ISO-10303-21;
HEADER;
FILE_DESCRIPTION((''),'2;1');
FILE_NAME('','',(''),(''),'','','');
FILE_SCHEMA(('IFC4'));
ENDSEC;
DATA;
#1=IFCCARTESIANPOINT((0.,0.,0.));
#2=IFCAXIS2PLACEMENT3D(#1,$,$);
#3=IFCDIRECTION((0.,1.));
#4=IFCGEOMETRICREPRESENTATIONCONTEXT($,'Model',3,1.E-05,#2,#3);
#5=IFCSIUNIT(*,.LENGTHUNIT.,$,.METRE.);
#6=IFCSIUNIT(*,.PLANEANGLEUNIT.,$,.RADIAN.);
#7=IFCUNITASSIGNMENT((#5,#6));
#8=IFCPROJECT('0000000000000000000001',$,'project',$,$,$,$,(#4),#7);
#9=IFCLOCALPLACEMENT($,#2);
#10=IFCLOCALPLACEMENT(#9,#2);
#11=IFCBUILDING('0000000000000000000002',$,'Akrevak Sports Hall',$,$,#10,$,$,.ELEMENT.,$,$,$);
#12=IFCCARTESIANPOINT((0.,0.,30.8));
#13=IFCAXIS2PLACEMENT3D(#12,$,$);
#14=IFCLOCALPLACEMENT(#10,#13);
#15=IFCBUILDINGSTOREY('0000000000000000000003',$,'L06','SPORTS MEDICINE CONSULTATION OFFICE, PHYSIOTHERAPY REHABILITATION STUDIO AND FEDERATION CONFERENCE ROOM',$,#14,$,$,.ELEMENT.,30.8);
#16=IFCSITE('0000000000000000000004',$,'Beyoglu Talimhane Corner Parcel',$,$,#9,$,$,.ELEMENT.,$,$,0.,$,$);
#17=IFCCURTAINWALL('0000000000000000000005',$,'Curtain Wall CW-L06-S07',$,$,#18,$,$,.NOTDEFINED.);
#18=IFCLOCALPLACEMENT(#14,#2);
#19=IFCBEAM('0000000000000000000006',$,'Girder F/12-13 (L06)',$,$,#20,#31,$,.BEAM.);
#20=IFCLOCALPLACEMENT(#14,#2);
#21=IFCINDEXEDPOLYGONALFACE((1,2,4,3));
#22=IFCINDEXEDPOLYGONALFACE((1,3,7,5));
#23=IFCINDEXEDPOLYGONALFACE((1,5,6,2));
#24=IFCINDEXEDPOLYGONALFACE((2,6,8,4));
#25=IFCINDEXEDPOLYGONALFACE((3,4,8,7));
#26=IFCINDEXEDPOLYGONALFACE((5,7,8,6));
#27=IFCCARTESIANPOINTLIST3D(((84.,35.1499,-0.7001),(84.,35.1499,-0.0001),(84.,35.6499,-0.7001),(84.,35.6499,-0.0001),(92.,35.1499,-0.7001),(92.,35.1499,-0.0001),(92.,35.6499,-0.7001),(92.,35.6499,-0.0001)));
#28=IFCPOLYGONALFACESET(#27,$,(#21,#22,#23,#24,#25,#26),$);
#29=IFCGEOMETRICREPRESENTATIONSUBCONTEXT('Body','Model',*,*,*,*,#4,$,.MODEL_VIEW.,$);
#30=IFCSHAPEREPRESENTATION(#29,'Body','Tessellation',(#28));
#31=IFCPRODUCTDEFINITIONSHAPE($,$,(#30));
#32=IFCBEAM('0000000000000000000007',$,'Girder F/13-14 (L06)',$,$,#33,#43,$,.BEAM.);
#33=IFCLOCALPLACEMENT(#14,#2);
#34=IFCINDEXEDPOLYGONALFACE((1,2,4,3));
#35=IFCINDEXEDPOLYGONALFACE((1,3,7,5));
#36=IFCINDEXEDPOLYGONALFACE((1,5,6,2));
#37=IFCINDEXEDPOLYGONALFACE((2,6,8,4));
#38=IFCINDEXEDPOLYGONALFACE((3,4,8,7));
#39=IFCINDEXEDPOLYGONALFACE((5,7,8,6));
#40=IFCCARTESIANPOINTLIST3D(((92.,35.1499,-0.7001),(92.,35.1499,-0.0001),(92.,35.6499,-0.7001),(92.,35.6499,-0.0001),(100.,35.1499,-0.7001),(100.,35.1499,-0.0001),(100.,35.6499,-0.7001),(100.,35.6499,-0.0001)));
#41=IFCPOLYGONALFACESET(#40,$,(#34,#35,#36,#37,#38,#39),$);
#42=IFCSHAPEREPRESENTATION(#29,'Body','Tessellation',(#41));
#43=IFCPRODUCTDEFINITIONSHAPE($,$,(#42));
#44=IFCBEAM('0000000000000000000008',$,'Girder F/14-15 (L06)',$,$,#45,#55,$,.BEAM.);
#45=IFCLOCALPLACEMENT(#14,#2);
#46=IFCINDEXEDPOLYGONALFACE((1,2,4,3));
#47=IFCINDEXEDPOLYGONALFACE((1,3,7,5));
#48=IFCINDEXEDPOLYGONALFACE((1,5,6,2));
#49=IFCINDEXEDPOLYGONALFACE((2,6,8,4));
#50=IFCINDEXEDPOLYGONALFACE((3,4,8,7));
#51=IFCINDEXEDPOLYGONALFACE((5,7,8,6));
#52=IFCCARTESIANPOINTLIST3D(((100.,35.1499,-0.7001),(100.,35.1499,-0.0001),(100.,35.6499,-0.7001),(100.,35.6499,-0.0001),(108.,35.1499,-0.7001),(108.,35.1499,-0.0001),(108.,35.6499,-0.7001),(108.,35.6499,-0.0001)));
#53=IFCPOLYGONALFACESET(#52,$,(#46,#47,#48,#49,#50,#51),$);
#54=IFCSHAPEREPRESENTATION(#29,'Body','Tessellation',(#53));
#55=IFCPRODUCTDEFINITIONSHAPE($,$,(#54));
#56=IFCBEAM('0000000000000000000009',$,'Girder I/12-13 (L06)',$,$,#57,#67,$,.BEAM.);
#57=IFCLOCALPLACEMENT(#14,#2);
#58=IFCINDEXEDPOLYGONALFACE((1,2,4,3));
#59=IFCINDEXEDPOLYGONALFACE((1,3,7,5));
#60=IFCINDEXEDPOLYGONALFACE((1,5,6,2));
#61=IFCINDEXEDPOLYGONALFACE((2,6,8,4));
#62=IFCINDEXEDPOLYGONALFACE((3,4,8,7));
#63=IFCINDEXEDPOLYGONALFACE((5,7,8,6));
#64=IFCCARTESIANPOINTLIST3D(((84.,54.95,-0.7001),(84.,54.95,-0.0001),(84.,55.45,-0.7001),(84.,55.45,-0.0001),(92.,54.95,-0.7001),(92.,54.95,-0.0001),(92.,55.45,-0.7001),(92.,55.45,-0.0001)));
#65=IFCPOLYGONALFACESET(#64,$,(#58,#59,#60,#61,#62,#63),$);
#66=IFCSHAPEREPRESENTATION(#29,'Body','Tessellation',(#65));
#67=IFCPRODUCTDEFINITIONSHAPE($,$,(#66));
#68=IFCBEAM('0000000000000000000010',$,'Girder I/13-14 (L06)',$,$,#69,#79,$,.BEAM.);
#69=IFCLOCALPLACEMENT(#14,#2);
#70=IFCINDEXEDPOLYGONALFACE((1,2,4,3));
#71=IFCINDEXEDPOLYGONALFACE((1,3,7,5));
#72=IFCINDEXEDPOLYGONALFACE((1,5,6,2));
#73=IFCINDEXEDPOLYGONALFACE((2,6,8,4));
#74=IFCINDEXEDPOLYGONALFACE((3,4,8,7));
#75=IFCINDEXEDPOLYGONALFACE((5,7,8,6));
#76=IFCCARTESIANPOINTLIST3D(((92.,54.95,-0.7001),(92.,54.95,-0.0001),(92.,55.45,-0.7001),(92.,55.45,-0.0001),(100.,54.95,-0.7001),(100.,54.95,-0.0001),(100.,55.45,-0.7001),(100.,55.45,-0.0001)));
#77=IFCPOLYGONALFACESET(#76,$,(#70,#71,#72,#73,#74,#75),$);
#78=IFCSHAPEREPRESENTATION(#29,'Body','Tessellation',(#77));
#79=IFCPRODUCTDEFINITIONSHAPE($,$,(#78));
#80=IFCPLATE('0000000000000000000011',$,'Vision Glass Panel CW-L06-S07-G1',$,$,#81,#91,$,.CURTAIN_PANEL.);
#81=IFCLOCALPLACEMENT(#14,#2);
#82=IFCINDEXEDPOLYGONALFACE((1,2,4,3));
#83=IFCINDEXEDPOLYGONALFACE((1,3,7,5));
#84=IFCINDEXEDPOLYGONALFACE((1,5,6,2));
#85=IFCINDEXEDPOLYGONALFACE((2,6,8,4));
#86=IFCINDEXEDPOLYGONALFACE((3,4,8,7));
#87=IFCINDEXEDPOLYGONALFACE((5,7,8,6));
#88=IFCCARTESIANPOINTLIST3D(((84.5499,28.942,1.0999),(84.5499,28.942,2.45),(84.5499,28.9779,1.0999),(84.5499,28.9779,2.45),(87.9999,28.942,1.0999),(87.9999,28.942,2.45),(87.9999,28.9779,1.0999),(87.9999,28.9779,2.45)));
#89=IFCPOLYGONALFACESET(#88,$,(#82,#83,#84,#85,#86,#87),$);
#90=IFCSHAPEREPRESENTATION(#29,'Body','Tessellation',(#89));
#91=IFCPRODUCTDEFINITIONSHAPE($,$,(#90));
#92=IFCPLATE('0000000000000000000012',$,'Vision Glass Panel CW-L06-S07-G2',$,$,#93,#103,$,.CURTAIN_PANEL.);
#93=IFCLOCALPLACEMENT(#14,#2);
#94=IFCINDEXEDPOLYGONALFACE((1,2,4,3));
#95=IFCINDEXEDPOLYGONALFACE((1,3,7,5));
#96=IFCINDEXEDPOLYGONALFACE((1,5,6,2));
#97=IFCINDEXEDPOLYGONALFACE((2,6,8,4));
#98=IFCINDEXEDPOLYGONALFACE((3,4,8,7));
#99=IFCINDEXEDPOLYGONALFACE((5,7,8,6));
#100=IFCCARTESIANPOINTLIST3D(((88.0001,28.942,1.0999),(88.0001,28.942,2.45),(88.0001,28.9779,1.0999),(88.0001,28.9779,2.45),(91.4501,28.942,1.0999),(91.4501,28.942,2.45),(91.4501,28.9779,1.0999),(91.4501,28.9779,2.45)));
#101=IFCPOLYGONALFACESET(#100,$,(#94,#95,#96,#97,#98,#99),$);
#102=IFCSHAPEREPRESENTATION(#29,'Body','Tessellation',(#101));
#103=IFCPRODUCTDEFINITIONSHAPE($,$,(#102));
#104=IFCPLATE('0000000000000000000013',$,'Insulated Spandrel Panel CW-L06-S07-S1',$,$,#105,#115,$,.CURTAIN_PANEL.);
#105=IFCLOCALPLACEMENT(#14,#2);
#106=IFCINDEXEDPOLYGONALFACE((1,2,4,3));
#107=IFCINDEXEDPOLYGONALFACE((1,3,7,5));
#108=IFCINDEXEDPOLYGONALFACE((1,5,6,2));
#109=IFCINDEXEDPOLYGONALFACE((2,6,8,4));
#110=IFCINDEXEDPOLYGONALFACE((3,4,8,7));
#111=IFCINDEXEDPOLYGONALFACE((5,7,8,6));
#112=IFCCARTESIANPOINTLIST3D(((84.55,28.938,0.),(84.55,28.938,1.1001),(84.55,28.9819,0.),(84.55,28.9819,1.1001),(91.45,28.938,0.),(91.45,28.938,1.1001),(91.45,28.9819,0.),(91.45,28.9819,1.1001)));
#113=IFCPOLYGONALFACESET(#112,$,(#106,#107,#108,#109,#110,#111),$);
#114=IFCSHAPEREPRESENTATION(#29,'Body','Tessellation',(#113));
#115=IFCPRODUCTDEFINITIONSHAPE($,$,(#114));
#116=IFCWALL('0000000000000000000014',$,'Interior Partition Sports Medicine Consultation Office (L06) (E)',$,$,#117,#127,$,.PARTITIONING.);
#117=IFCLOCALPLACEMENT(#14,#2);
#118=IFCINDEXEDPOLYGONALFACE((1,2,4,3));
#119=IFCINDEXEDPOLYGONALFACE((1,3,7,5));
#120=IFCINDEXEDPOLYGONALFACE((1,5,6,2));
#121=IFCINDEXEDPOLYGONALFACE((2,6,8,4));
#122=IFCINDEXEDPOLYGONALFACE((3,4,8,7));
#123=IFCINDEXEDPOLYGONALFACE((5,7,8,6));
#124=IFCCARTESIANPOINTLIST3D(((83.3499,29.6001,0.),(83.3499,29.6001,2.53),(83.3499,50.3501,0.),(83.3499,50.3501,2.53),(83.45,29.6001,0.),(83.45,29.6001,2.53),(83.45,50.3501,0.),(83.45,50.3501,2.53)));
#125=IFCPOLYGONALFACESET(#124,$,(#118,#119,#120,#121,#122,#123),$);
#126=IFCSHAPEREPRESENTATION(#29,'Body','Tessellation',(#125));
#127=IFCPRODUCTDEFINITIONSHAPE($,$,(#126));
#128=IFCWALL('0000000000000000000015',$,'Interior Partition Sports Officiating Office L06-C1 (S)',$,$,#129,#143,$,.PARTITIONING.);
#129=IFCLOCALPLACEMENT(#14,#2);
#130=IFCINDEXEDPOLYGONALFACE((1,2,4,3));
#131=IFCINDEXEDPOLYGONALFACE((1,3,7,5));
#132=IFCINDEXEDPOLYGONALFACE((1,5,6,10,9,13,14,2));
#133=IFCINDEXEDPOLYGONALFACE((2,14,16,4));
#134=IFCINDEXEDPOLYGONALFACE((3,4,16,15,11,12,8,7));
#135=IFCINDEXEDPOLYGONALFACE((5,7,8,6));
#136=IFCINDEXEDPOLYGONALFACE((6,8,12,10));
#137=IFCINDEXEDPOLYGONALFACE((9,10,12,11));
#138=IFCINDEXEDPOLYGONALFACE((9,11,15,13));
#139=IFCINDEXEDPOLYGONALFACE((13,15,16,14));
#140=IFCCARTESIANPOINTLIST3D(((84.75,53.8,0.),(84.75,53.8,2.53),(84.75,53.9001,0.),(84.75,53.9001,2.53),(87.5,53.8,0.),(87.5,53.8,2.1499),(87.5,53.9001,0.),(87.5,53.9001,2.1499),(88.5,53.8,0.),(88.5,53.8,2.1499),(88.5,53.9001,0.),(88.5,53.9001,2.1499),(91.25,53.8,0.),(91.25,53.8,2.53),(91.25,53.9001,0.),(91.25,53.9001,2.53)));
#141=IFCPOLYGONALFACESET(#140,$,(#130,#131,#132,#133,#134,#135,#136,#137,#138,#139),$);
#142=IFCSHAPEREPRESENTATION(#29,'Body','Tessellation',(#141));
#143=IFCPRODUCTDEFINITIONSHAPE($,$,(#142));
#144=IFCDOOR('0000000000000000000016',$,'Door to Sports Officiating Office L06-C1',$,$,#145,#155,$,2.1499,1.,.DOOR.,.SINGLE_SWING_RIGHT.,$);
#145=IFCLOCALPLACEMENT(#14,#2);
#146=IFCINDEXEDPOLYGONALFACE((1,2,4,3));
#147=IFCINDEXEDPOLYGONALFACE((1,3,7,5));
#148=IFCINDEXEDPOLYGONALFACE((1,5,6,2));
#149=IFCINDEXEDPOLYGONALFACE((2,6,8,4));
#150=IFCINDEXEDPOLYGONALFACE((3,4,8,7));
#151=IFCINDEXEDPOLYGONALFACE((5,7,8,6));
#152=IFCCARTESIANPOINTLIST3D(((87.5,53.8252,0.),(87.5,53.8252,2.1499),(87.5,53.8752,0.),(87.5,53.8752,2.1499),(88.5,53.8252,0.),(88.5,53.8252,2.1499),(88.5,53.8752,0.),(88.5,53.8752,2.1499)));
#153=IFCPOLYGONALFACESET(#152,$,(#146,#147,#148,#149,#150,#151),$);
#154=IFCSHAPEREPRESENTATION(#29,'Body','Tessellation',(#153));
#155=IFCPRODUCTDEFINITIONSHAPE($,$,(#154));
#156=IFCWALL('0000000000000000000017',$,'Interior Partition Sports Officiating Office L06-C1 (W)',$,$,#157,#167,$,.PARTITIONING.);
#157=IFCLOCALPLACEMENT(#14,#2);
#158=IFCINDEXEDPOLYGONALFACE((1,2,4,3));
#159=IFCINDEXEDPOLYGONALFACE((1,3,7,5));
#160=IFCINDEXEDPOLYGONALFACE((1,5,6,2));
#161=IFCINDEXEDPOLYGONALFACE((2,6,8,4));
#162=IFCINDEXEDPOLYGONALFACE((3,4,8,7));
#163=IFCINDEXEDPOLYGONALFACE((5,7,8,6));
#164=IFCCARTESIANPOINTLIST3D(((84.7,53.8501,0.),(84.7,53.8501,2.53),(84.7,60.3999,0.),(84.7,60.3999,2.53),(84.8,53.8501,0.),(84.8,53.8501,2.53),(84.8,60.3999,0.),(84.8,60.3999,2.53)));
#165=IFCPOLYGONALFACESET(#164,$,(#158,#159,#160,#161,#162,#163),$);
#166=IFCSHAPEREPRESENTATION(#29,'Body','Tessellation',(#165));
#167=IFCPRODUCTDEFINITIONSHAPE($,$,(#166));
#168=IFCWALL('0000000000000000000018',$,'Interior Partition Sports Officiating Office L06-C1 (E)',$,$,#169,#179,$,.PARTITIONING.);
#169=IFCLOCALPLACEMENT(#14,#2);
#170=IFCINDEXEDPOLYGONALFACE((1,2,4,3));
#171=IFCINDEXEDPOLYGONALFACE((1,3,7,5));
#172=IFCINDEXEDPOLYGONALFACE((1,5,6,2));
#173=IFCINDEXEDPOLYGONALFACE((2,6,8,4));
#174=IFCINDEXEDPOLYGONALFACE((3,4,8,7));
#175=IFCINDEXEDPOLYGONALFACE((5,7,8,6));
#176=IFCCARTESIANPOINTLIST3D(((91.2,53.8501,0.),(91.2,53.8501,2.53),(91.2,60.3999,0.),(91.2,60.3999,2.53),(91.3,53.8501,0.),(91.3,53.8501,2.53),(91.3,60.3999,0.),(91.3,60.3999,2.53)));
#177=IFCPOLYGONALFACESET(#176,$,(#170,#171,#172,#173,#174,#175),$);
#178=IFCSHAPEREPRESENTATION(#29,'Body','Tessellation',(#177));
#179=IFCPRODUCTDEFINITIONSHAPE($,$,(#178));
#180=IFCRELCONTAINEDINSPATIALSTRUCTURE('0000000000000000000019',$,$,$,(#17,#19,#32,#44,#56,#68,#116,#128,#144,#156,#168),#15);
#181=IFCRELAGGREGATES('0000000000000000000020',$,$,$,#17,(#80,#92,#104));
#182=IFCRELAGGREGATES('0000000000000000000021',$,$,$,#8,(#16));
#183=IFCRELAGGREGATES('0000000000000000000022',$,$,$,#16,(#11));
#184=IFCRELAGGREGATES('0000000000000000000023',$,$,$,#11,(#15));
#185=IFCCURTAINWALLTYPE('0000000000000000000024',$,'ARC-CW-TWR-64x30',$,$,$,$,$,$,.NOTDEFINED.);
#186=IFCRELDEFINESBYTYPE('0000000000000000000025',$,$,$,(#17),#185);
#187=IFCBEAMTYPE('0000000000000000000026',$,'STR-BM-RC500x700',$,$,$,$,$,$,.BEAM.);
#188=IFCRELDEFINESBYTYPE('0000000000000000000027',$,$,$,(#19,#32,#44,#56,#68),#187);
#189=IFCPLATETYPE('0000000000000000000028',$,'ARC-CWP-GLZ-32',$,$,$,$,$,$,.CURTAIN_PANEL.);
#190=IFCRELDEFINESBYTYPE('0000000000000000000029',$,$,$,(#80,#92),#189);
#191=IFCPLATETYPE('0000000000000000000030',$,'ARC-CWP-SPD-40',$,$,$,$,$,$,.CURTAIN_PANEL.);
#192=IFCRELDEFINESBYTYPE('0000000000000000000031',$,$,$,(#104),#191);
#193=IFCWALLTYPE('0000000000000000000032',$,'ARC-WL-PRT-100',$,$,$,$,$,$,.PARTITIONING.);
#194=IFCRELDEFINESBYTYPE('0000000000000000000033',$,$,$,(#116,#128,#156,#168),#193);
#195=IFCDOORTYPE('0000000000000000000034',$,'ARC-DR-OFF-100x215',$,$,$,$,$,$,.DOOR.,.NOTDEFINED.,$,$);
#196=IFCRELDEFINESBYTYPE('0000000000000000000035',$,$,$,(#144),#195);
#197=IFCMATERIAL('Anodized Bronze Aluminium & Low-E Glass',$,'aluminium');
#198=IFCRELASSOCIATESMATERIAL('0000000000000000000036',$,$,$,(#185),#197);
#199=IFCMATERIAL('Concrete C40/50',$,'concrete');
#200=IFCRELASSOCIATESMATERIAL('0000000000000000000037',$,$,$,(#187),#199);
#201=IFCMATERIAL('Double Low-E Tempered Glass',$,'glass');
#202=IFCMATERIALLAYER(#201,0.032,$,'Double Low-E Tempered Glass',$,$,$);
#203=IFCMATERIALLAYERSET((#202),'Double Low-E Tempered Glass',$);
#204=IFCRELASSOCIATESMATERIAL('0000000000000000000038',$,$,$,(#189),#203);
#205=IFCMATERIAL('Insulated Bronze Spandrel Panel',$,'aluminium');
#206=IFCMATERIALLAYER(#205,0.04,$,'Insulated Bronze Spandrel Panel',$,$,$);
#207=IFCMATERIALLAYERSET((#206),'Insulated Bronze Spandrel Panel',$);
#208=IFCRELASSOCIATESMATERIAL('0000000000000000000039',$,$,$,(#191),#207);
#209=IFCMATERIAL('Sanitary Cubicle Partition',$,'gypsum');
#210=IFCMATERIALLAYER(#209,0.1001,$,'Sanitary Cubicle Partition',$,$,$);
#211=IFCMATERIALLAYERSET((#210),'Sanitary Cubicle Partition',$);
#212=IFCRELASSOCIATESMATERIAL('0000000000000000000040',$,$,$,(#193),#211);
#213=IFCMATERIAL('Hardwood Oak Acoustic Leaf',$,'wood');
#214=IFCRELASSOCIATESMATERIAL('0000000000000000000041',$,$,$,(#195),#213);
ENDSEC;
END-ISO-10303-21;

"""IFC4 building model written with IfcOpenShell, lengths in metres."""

from ifc_helpers import new_model, si_unit, direction, frame, frame_2d, origin, origin_2d, place, context, subcontext, project, spatial, rectangle, extrude, material, layer, layer_set, material_profile, profile_set, type_object, element, fill, aggregate, save


model = new_model("IFC4")

# Units and contexts
model_context = context("Model", 3, precision=1e-05, world=origin(), true_north=direction((0.0, 1.0)))
body_context = subcontext(model_context, "Body", "Model", "MODEL_VIEW")
ifc_project = project(units=[si_unit("LENGTHUNIT", "METRE"), si_unit("PLANEANGLEUNIT", "RADIAN")], contexts=[model_context])

# Site, building, storey
site_placement = place(None, origin())
site = spatial("IfcSite", under=ifc_project, at=site_placement, Name="Beyoglu Talimhane Corner Parcel", CompositionType="ELEMENT", RefElevation=0.0)
building_placement = place(site_placement, origin())
building = spatial("IfcBuilding", under=site, at=building_placement, Name="Akrevak Sports Hall", CompositionType="ELEMENT")
storey_placement = place(building_placement, frame((0.0, 0.0, 30.8)))
storey = spatial("IfcBuildingStorey", under=building, at=storey_placement, Name="L06", Description="SPORTS MEDICINE CONSULTATION OFFICE, PHYSIOTHERAPY REHABILITATION STUDIO AND FEDERATION CONFERENCE ROOM", CompositionType="ELEMENT", Elevation=30.8)

# Shared definitions
ifc_material_1 = material(Name="Concrete C40/50", Category="concrete")

# Curtain wall
ifc_material_2 = material(Name="Anodized Bronze Aluminium & Low-E Glass", Category="aluminium")
curtain_wall_type = type_object("IfcCurtainWallType", Name="ARC-CW-TWR-64x30", PredefinedType="NOTDEFINED", material=ifc_material_2)
curtain_wall_placement = place(storey_placement, origin())
curtain_wall = element("IfcCurtainWall", 1, at=curtain_wall_placement, inside=storey, type_object=curtain_wall_type, Name="Curtain Wall CW-L06-S07", PredefinedType="NOTDEFINED")

# Beams
ifc_material_profile_1 = material_profile(ifc_material_1, rectangle(XDim=0.5, YDim=0.7, at=origin_2d()), Name="BM 500x700", Category="concrete")
ifc_profile_set_1 = profile_set([ifc_material_profile_1], Name="Concrete C40/50")
beam_type_1 = type_object("IfcBeamType", Name="STR-BM-RC500x700", PredefinedType="BEAM", material=ifc_profile_set_1)
for number, where, z_axis, x_axis, name in (
    (2, (84.0, 35.3999, -0.3501), (1.0, 0.0, 0.0), (0.0, 1.0, 0.0), "Girder F/12-13 (L06)"),
    (3, (92.0, 35.3999, -0.3501), (1.0, 0.0, 0.0), (0.0, 1.0, 0.0), "Girder F/13-14 (L06)"),
    (4, (100.0, 35.3999, -0.3501), (1.0, 0.0, 0.0), (0.0, 1.0, 0.0), "Girder F/14-15 (L06)"),
    (5, (84.0, 55.2, -0.3501), (1.0, 0.0, 0.0), (0.0, 1.0, 0.0), "Girder I/12-13 (L06)"),
    (6, (92.0, 55.2, -0.3501), (1.0, 0.0, 0.0), (0.0, 1.0, 0.0), "Girder I/13-14 (L06)"),
):
    element("IfcBeam", number, at=place(storey_placement, frame(where, z_axis=z_axis, x_axis=x_axis)), inside=storey, type_object=beam_type_1, Name=name, PredefinedType="BEAM", context=body_context, shape_type="SweptSolid", body=[
        extrude(rectangle(XDim=0.5, YDim=0.7, at=origin_2d()), origin(), (0.0, 0.0, 1.0), 8.0),
    ])

# Plates
ifc_material_3 = material(Name="Double Low-E Tempered Glass", Category="glass")
ifc_layer_1 = layer(ifc_material_3, 0.032, Name="Double Low-E Tempered Glass")
ifc_layer_set_1 = layer_set([ifc_layer_1], Name="Double Low-E Tempered Glass")
plate_type_1 = type_object("IfcPlateType", Name="ARC-CWP-GLZ-32", PredefinedType="CURTAIN_PANEL", material=ifc_layer_set_1)
plate_1_placement = place(storey_placement, frame((86.2749, 28.96, 1.0999), z_axis=(0.0, 0.0, 1.0), x_axis=(1.0, 0.0, 0.0)))
plate_1 = element("IfcPlate", 7, at=plate_1_placement, type_object=plate_type_1, Name="Vision Glass Panel CW-L06-S07-G1", PredefinedType="CURTAIN_PANEL", context=body_context, shape_type="SweptSolid", body=[
    extrude(rectangle(XDim=3.45, YDim=0.0359, at=origin_2d()), origin(), (0.0, 0.0, 1.0), 1.3501),
])
plate_2_placement = place(storey_placement, frame((89.7251, 28.96, 1.0999), z_axis=(0.0, 0.0, 1.0), x_axis=(1.0, 0.0, 0.0)))
plate_2 = element("IfcPlate", 8, at=plate_2_placement, type_object=plate_type_1, Name="Vision Glass Panel CW-L06-S07-G2", PredefinedType="CURTAIN_PANEL", context=body_context, shape_type="SweptSolid", body=[
    extrude(rectangle(XDim=3.45, YDim=0.0359, at=origin_2d()), origin(), (0.0, 0.0, 1.0), 1.3501),
])
ifc_material_4 = material(Name="Insulated Bronze Spandrel Panel", Category="aluminium")
ifc_layer_2 = layer(ifc_material_4, 0.04, Name="Insulated Bronze Spandrel Panel")
ifc_layer_set_2 = layer_set([ifc_layer_2], Name="Insulated Bronze Spandrel Panel")
plate_type_2 = type_object("IfcPlateType", Name="ARC-CWP-SPD-40", PredefinedType="CURTAIN_PANEL", material=ifc_layer_set_2)
plate_3_placement = place(storey_placement, frame((88.0, 28.96, 0.0), z_axis=(0.0, 0.0, 1.0), x_axis=(1.0, 0.0, 0.0)))
plate_3 = element("IfcPlate", 9, at=plate_3_placement, type_object=plate_type_2, Name="Insulated Spandrel Panel CW-L06-S07-S1", PredefinedType="CURTAIN_PANEL", context=body_context, shape_type="SweptSolid", body=[
    extrude(rectangle(XDim=6.8999, YDim=0.0439, at=origin_2d()), origin(), (0.0, 0.0, 1.0), 1.1001),
])
aggregate(curtain_wall, [plate_1, plate_2, plate_3])

# Wall
ifc_material_5 = material(Name="Sanitary Cubicle Partition", Category="gypsum")
ifc_layer_3 = layer(ifc_material_5, 0.1001, Name="Sanitary Cubicle Partition")
ifc_layer_set_3 = layer_set([ifc_layer_3], Name="Sanitary Cubicle Partition")
wall_type_1 = type_object("IfcWallType", Name="ARC-WL-PRT-100", PredefinedType="PARTITIONING", material=ifc_layer_set_3)
wall_1_placement = place(storey_placement, frame((83.3999, 29.6001, 0.0), z_axis=(0.0, 0.0, 1.0), x_axis=(0.0, 1.0, 0.0)))
element("IfcWall", 10, at=wall_1_placement, inside=storey, type_object=wall_type_1, Name="Interior Partition Sports Medicine Consultation Office (L06) (E)", PredefinedType="PARTITIONING", context=body_context, shape_type="SweptSolid", body=[
    extrude(rectangle(XDim=20.75, YDim=0.1001, at=frame_2d((10.375, 0.0))), origin(), (0.0, 0.0, 1.0), 2.53),
])

# Wall, opening, door
wall_2_placement = place(storey_placement, frame((84.75, 53.8501, 0.0), z_axis=(0.0, 0.0, 1.0), x_axis=(1.0, 0.0, 0.0)))
wall_2 = element("IfcWall", 11, at=wall_2_placement, inside=storey, type_object=wall_type_1, Name="Interior Partition Sports Officiating Office L06-C1 (S)", PredefinedType="PARTITIONING", context=body_context, shape_type="SweptSolid", body=[
    extrude(rectangle(XDim=6.5, YDim=0.1001, at=frame_2d((3.25, 0.0))), origin(), (0.0, 0.0, 1.0), 2.53),
])
opening_1_placement = place(wall_2_placement, frame((2.75, 0.0, 0.0)))
opening_1 = element("IfcOpeningElement", 12, at=opening_1_placement, cuts=wall_2, PredefinedType="OPENING", context=body_context, shape_type="SweptSolid", body=[
    extrude(rectangle(XDim=1.0, YDim=2.1499, at=frame_2d((0.5, 1.075))), frame((0.0, 0.062, 0.0), z_axis=(0.0, -1.0, 0.0), x_axis=(1.0, 0.0, 0.0)), (0.0, 0.0, 1.0), 0.124),
])
ifc_material_6 = material(Name="Hardwood Oak Acoustic Leaf", Category="wood")
door_type_1 = type_object("IfcDoorType", Name="ARC-DR-OFF-100x215", OperationType="NOTDEFINED", PredefinedType="DOOR", material=ifc_material_6)
door_1_placement = place(opening_1_placement, frame((1.0, 0.0, 0.0), z_axis=(0.0, 0.0, 1.0), x_axis=(-1.0, 0.0, 0.0)))
door_1 = element("IfcDoor", 13, at=door_1_placement, inside=storey, type_object=door_type_1, Name="Door to Sports Officiating Office L06-C1", OperationType="SINGLE_SWING_RIGHT", OverallHeight=2.1499, OverallWidth=1.0, PredefinedType="DOOR", context=body_context, shape_type="SweptSolid", body=[
    extrude(rectangle(XDim=1.0, YDim=2.1499, at=frame_2d((0.5, 1.075))), frame((0.0, 0.0249, 0.0), z_axis=(0.0, -1.0, 0.0), x_axis=(1.0, 0.0, 0.0)), (0.0, 0.0, 1.0), 0.05),
])
fill(opening_1, door_1)

# Walls
for number, where, z_axis, x_axis, name in (
    (14, (84.75, 53.8501, 0.0), (0.0, 0.0, 1.0), (0.0, 1.0, 0.0), "Interior Partition Sports Officiating Office L06-C1 (W)"),
    (15, (91.25, 53.8501, 0.0), (0.0, 0.0, 1.0), (0.0, 1.0, 0.0), "Interior Partition Sports Officiating Office L06-C1 (E)"),
):
    element("IfcWall", number, at=place(storey_placement, frame(where, z_axis=z_axis, x_axis=x_axis)), inside=storey, type_object=wall_type_1, Name=name, PredefinedType="PARTITIONING", context=body_context, shape_type="SweptSolid", body=[
        extrude(rectangle(XDim=6.5498, YDim=0.1001, at=frame_2d((3.2749, 0.0))), origin(), (0.0, 0.0, 1.0), 2.53),
    ])

save(model, "model.ifc")
